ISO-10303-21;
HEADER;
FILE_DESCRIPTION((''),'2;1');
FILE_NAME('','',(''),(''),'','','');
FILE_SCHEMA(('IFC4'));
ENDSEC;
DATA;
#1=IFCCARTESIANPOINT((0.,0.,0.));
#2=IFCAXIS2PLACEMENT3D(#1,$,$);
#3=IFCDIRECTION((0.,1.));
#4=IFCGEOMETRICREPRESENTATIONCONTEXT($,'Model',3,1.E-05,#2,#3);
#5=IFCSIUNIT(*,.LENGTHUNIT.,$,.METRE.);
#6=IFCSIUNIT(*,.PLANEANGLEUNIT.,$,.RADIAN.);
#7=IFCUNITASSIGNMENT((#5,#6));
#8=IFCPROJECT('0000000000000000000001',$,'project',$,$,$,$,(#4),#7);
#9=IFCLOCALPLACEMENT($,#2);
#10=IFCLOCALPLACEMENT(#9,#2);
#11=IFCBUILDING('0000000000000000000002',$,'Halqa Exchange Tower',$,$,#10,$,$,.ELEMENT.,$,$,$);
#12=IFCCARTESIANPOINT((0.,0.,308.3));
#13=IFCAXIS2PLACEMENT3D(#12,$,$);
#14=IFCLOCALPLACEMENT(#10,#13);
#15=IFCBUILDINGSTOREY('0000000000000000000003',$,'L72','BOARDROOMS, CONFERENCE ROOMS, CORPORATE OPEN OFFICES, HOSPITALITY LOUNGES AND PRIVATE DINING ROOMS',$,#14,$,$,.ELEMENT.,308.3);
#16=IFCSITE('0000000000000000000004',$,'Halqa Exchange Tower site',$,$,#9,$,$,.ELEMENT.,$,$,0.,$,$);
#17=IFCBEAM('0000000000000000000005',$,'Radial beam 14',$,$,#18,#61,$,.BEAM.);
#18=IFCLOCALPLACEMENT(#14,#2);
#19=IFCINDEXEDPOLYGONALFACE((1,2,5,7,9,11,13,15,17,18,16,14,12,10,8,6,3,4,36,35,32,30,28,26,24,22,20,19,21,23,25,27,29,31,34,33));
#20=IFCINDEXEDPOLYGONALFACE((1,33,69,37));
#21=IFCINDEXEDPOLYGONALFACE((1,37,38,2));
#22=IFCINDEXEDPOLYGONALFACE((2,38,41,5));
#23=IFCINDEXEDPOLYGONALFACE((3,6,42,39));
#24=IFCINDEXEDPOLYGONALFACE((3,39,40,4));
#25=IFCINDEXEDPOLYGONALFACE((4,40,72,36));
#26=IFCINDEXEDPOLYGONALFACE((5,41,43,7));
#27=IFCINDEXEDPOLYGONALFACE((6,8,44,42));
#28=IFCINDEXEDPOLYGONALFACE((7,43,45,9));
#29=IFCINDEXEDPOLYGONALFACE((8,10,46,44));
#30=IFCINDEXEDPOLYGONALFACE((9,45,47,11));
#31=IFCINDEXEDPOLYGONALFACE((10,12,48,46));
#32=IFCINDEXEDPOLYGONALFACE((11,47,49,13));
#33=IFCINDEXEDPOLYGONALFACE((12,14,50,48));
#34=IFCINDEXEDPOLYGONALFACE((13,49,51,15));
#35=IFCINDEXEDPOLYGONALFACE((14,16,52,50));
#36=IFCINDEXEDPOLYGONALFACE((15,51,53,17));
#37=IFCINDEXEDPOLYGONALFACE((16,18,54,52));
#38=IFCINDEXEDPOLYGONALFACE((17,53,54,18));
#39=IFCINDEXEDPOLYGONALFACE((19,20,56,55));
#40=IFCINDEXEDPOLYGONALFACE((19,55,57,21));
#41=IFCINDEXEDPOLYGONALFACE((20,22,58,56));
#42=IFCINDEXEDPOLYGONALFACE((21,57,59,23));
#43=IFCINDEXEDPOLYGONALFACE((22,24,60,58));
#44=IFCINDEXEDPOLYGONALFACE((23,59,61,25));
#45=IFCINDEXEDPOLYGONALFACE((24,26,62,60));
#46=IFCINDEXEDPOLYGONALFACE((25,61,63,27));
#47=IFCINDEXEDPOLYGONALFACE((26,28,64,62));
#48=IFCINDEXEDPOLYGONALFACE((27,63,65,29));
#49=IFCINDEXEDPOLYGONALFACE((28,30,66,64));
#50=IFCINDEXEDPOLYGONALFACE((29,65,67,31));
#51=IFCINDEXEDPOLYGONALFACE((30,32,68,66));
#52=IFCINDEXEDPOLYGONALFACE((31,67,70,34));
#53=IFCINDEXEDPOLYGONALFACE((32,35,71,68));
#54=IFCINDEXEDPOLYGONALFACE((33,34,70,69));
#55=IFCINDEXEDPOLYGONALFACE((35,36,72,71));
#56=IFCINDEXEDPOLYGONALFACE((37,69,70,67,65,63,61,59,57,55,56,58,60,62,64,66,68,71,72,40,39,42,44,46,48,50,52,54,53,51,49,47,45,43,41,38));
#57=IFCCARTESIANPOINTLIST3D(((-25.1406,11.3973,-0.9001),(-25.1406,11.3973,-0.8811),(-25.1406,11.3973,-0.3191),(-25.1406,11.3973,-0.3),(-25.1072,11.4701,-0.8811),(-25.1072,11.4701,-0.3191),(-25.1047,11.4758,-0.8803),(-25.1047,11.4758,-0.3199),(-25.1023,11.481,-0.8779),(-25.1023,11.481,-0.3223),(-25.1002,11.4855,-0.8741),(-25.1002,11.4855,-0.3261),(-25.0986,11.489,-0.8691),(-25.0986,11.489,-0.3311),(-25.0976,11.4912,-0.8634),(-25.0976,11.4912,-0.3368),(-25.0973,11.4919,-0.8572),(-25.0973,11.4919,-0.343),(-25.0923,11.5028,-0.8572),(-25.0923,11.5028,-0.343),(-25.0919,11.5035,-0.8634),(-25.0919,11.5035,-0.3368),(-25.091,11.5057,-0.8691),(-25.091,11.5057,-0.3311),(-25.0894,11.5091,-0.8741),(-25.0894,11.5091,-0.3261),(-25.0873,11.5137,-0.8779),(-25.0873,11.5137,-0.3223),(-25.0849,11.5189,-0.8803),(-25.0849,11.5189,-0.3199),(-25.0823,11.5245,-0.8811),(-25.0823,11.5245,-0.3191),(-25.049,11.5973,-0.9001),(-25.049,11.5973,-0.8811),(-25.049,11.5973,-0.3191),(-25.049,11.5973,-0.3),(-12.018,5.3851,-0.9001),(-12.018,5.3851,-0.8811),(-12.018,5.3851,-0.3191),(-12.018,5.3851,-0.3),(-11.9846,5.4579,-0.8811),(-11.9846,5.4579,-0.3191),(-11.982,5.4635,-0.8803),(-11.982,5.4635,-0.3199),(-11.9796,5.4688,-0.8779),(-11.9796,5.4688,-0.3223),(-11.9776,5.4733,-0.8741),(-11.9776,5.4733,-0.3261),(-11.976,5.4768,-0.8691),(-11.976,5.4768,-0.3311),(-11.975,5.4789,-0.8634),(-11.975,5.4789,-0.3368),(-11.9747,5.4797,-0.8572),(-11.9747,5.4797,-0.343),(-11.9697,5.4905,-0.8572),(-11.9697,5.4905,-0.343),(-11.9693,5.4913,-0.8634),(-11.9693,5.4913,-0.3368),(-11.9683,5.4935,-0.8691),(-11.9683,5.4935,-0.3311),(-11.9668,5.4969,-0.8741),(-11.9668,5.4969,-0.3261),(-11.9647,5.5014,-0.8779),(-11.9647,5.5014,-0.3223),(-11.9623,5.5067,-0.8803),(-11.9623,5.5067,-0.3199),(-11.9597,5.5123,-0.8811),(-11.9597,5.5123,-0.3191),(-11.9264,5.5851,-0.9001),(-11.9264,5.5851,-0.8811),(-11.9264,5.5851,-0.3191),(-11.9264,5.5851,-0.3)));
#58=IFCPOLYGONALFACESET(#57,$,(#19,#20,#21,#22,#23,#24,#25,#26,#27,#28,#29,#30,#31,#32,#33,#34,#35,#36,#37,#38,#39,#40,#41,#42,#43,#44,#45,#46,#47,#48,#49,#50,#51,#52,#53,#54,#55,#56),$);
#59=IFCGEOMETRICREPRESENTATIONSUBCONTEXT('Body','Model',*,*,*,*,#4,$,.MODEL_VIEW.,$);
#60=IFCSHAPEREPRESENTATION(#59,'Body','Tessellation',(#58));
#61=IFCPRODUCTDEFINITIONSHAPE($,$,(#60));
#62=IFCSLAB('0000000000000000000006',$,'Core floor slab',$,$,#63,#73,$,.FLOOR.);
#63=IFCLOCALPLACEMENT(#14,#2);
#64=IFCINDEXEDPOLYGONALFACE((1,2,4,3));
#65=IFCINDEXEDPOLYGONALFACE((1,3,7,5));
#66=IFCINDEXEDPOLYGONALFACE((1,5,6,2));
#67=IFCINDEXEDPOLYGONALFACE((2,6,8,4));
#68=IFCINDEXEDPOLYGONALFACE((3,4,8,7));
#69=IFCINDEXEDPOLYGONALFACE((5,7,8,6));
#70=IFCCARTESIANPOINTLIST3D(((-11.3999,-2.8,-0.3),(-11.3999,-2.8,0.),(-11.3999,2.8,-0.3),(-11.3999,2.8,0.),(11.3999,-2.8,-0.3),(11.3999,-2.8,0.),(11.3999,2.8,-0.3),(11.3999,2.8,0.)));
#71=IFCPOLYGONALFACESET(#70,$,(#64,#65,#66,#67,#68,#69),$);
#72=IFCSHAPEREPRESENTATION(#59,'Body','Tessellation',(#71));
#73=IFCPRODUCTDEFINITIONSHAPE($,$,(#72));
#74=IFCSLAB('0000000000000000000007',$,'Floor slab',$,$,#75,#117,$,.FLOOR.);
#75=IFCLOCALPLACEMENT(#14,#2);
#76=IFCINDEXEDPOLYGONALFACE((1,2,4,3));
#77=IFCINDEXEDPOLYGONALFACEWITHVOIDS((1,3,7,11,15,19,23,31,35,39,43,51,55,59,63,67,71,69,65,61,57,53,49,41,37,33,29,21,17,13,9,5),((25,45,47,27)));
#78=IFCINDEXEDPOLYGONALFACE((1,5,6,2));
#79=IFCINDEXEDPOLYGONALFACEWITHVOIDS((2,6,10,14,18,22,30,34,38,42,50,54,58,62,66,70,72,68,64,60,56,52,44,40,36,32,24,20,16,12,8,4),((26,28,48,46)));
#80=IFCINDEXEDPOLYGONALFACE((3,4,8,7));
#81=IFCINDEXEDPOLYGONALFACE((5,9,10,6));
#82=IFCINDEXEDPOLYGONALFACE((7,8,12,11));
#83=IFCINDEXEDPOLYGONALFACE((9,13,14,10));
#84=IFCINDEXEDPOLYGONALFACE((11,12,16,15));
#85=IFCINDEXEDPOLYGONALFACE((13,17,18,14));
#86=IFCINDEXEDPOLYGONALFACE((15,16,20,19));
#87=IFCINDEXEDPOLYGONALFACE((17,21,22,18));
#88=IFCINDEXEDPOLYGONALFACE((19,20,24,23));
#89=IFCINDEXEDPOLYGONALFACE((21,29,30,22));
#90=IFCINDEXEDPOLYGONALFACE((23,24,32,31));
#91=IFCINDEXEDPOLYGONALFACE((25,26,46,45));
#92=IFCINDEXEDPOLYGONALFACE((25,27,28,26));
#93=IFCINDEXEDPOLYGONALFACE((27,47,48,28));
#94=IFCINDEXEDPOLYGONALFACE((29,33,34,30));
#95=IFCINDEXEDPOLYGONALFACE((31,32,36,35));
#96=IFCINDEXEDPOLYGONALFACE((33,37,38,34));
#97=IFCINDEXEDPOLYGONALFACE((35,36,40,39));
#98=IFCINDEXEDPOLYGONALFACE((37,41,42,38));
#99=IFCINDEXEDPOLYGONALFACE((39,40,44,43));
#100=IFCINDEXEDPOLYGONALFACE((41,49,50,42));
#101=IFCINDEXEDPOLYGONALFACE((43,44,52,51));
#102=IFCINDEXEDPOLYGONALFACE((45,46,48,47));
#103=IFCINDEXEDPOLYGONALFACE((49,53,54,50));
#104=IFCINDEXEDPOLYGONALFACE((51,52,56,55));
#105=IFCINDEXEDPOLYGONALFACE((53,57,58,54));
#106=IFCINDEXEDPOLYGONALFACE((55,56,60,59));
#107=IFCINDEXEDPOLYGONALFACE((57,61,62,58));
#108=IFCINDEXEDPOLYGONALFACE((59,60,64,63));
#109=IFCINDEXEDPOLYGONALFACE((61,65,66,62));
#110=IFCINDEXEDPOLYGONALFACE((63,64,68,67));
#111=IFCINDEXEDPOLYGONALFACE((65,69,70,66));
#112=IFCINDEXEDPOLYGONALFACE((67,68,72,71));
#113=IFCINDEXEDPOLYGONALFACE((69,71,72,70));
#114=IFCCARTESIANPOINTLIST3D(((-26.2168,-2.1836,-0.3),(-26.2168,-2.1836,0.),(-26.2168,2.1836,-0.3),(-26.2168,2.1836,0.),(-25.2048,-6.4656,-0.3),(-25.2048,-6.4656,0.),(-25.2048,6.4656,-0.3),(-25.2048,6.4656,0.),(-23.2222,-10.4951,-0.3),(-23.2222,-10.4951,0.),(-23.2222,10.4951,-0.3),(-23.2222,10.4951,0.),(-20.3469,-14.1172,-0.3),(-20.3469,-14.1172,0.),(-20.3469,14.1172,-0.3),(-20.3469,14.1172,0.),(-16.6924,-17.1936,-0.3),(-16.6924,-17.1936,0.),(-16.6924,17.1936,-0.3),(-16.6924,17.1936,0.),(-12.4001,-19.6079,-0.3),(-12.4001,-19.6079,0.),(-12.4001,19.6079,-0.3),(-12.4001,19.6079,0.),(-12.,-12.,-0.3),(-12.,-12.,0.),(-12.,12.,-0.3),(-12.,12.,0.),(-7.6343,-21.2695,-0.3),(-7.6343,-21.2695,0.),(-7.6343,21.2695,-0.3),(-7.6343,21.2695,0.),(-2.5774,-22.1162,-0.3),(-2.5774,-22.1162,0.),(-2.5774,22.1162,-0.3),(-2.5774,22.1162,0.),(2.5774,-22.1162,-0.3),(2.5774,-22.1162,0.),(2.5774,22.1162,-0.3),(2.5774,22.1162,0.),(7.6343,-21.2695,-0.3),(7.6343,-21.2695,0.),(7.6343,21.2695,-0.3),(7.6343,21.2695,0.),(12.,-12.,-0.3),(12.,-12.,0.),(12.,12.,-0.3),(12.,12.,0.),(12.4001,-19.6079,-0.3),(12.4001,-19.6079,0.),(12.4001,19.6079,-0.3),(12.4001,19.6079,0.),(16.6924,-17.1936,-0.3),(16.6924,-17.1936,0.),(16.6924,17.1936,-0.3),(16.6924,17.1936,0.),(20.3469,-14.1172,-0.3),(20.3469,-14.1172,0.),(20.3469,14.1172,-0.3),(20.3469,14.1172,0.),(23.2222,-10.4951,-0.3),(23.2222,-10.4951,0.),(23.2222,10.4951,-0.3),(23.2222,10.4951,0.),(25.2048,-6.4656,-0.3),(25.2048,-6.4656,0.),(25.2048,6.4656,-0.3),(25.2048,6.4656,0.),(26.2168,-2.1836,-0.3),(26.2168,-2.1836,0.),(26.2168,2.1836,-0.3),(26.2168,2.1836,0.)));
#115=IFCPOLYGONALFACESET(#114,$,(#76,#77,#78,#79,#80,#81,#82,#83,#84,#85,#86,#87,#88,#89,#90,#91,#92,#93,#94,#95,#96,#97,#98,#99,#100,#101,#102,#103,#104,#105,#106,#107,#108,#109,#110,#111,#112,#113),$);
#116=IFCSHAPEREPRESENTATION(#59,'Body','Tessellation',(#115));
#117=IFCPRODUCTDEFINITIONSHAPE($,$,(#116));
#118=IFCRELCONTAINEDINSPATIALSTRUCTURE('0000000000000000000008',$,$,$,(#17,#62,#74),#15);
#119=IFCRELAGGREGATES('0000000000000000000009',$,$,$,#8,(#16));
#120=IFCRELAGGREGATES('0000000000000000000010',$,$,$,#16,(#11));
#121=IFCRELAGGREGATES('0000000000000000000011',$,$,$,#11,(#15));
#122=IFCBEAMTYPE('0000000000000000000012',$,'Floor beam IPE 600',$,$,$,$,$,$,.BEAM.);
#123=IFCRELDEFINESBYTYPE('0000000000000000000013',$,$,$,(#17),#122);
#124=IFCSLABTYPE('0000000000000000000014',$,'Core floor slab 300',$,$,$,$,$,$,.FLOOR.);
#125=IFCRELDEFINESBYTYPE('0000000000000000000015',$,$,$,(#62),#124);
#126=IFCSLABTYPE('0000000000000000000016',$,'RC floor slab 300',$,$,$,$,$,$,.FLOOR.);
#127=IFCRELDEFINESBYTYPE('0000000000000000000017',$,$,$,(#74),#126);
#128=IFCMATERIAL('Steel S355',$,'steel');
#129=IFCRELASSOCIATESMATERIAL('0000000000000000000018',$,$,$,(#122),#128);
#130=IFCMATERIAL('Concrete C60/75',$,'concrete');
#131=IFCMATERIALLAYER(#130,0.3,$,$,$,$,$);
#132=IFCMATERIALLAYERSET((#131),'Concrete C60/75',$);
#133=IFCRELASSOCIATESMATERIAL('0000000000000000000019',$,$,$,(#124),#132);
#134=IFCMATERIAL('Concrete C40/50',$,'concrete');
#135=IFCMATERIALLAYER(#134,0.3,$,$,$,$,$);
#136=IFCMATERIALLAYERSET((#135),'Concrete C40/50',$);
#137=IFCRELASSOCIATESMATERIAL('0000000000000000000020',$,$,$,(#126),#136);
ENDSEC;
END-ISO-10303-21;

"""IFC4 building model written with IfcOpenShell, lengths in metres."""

from ifc_helpers import new_model, si_unit, direction, frame, origin, origin_2d, place, context, subcontext, project, spatial, polyline, i_section, outline, extrude, material, layer, layer_set, material_profile, profile_set, type_object, element, save


model = new_model("IFC4")

# Units and contexts
model_context = context("Model", 3, precision=1e-05, world=origin(), true_north=direction((0.0, 1.0)))
body_context = subcontext(model_context, "Body", "Model", "MODEL_VIEW")
ifc_project = project(units=[si_unit("LENGTHUNIT", "METRE"), si_unit("PLANEANGLEUNIT", "RADIAN")], contexts=[model_context])

# Site, building, storey
site_placement = place(None, origin())
site = spatial("IfcSite", under=ifc_project, at=site_placement, Name="Halqa Exchange Tower site", CompositionType="ELEMENT", RefElevation=0.0)
building_placement = place(site_placement, origin())
building = spatial("IfcBuilding", under=site, at=building_placement, Name="Halqa Exchange Tower", CompositionType="ELEMENT")
storey_placement = place(building_placement, frame((0.0, 0.0, 308.3)))
storey = spatial("IfcBuildingStorey", under=building, at=storey_placement, Name="L72", Description="BOARDROOMS, CONFERENCE ROOMS, CORPORATE OPEN OFFICES, HOSPITALITY LOUNGES AND PRIVATE DINING ROOMS", CompositionType="ELEMENT", Elevation=308.3)

# Beam
ifc_material_1 = material(Name="Steel S355", Category="steel")
ifc_material_profile = material_profile(ifc_material_1, i_section(OverallWidth=0.22, OverallDepth=0.6001, WebThickness=0.012, FlangeThickness=0.019, FilletRadius=0.0239, at=origin_2d()), Name="IPE 600")
ifc_profile_set = profile_set([ifc_material_profile], Name="Steel S355")
beam_type = type_object("IfcBeamType", Name="Floor beam IPE 600", PredefinedType="BEAM", material=ifc_profile_set)
beam_placement = place(storey_placement, frame((-11.9722, 5.4851, -0.6001), z_axis=(-0.909125, 0.416523, 0.0), x_axis=(-0.416523, -0.909125, 0.0)))
element("IfcBeam", 1, at=beam_placement, inside=storey, type_object=beam_type, Name="Radial beam 14", PredefinedType="BEAM", context=body_context, shape_type="SweptSolid", body=[
    extrude(i_section(OverallWidth=0.22, OverallDepth=0.6001, WebThickness=0.012, FlangeThickness=0.019, FilletRadius=0.0239, at=origin_2d()), origin(), (0.0, 0.0, 1.0), 14.4343),
])

# Slabs
ifc_material_2 = material(Name="Concrete C60/75", Category="concrete")
ifc_layer_1 = layer(ifc_material_2, 0.3)
ifc_layer_set_1 = layer_set([ifc_layer_1], Name="Concrete C60/75")
slab_type_1 = type_object("IfcSlabType", Name="Core floor slab 300", PredefinedType="FLOOR", material=ifc_layer_set_1)
slab_1_placement = place(storey_placement, frame((0.0, 0.0, -0.3)))
element("IfcSlab", 2, at=slab_1_placement, inside=storey, type_object=slab_type_1, Name="Core floor slab", PredefinedType="FLOOR", context=body_context, shape_type="SweptSolid", body=[
    extrude(outline(polyline([(-11.3999, 2.8), (11.3999, 2.8), (11.3999, -2.8), (-11.3999, -2.8), (-11.3999, 2.8)])), origin(), (0.0, 0.0, 1.0), 0.3),
])
ifc_material_3 = material(Name="Concrete C40/50", Category="concrete")
ifc_layer_2 = layer(ifc_material_3, 0.3)
ifc_layer_set_2 = layer_set([ifc_layer_2], Name="Concrete C40/50")
slab_type_2 = type_object("IfcSlabType", Name="RC floor slab 300", PredefinedType="FLOOR", material=ifc_layer_set_2)
slab_2_placement = place(storey_placement, frame((0.0, 0.0, -0.3)))
element("IfcSlab", 3, at=slab_2_placement, inside=storey, type_object=slab_type_2, Name="Floor slab", PredefinedType="FLOOR", context=body_context, shape_type="SweptSolid", body=[
    extrude(outline(polyline([(26.2168, 2.1836), (25.2048, 6.4656), (23.2222, 10.4951), (20.3469, 14.1172), (16.6924, 17.1936), (12.4001, 19.6079), (7.6343, 21.2695), (2.5774, 22.1162), (-2.5774, 22.1162), (-7.6343, 21.2695), (-12.4001, 19.6079), (-16.6924, 17.1936), (-20.3469, 14.1172), (-23.2222, 10.4951), (-25.2048, 6.4656), (-26.2168, 2.1836), (-26.2168, -2.1836), (-25.2048, -6.4656), (-23.2222, -10.4951), (-20.3469, -14.1172), (-16.6924, -17.1936), (-12.4001, -19.6079), (-7.6343, -21.2695), (-2.5774, -22.1162), (2.5774, -22.1162), (7.6343, -21.2695), (12.4001, -19.6079), (16.6924, -17.1936), (20.3469, -14.1172), (23.2222, -10.4951), (25.2048, -6.4656), (26.2168, -2.1836), (26.2168, 2.1836)]), holes=[polyline([(-12.0, -12.0), (12.0, -12.0), (12.0, 12.0), (-12.0, 12.0), (-12.0, -12.0)])]), origin(), (0.0, 0.0, 1.0), 0.3),
])

save(model, "model.ifc")
